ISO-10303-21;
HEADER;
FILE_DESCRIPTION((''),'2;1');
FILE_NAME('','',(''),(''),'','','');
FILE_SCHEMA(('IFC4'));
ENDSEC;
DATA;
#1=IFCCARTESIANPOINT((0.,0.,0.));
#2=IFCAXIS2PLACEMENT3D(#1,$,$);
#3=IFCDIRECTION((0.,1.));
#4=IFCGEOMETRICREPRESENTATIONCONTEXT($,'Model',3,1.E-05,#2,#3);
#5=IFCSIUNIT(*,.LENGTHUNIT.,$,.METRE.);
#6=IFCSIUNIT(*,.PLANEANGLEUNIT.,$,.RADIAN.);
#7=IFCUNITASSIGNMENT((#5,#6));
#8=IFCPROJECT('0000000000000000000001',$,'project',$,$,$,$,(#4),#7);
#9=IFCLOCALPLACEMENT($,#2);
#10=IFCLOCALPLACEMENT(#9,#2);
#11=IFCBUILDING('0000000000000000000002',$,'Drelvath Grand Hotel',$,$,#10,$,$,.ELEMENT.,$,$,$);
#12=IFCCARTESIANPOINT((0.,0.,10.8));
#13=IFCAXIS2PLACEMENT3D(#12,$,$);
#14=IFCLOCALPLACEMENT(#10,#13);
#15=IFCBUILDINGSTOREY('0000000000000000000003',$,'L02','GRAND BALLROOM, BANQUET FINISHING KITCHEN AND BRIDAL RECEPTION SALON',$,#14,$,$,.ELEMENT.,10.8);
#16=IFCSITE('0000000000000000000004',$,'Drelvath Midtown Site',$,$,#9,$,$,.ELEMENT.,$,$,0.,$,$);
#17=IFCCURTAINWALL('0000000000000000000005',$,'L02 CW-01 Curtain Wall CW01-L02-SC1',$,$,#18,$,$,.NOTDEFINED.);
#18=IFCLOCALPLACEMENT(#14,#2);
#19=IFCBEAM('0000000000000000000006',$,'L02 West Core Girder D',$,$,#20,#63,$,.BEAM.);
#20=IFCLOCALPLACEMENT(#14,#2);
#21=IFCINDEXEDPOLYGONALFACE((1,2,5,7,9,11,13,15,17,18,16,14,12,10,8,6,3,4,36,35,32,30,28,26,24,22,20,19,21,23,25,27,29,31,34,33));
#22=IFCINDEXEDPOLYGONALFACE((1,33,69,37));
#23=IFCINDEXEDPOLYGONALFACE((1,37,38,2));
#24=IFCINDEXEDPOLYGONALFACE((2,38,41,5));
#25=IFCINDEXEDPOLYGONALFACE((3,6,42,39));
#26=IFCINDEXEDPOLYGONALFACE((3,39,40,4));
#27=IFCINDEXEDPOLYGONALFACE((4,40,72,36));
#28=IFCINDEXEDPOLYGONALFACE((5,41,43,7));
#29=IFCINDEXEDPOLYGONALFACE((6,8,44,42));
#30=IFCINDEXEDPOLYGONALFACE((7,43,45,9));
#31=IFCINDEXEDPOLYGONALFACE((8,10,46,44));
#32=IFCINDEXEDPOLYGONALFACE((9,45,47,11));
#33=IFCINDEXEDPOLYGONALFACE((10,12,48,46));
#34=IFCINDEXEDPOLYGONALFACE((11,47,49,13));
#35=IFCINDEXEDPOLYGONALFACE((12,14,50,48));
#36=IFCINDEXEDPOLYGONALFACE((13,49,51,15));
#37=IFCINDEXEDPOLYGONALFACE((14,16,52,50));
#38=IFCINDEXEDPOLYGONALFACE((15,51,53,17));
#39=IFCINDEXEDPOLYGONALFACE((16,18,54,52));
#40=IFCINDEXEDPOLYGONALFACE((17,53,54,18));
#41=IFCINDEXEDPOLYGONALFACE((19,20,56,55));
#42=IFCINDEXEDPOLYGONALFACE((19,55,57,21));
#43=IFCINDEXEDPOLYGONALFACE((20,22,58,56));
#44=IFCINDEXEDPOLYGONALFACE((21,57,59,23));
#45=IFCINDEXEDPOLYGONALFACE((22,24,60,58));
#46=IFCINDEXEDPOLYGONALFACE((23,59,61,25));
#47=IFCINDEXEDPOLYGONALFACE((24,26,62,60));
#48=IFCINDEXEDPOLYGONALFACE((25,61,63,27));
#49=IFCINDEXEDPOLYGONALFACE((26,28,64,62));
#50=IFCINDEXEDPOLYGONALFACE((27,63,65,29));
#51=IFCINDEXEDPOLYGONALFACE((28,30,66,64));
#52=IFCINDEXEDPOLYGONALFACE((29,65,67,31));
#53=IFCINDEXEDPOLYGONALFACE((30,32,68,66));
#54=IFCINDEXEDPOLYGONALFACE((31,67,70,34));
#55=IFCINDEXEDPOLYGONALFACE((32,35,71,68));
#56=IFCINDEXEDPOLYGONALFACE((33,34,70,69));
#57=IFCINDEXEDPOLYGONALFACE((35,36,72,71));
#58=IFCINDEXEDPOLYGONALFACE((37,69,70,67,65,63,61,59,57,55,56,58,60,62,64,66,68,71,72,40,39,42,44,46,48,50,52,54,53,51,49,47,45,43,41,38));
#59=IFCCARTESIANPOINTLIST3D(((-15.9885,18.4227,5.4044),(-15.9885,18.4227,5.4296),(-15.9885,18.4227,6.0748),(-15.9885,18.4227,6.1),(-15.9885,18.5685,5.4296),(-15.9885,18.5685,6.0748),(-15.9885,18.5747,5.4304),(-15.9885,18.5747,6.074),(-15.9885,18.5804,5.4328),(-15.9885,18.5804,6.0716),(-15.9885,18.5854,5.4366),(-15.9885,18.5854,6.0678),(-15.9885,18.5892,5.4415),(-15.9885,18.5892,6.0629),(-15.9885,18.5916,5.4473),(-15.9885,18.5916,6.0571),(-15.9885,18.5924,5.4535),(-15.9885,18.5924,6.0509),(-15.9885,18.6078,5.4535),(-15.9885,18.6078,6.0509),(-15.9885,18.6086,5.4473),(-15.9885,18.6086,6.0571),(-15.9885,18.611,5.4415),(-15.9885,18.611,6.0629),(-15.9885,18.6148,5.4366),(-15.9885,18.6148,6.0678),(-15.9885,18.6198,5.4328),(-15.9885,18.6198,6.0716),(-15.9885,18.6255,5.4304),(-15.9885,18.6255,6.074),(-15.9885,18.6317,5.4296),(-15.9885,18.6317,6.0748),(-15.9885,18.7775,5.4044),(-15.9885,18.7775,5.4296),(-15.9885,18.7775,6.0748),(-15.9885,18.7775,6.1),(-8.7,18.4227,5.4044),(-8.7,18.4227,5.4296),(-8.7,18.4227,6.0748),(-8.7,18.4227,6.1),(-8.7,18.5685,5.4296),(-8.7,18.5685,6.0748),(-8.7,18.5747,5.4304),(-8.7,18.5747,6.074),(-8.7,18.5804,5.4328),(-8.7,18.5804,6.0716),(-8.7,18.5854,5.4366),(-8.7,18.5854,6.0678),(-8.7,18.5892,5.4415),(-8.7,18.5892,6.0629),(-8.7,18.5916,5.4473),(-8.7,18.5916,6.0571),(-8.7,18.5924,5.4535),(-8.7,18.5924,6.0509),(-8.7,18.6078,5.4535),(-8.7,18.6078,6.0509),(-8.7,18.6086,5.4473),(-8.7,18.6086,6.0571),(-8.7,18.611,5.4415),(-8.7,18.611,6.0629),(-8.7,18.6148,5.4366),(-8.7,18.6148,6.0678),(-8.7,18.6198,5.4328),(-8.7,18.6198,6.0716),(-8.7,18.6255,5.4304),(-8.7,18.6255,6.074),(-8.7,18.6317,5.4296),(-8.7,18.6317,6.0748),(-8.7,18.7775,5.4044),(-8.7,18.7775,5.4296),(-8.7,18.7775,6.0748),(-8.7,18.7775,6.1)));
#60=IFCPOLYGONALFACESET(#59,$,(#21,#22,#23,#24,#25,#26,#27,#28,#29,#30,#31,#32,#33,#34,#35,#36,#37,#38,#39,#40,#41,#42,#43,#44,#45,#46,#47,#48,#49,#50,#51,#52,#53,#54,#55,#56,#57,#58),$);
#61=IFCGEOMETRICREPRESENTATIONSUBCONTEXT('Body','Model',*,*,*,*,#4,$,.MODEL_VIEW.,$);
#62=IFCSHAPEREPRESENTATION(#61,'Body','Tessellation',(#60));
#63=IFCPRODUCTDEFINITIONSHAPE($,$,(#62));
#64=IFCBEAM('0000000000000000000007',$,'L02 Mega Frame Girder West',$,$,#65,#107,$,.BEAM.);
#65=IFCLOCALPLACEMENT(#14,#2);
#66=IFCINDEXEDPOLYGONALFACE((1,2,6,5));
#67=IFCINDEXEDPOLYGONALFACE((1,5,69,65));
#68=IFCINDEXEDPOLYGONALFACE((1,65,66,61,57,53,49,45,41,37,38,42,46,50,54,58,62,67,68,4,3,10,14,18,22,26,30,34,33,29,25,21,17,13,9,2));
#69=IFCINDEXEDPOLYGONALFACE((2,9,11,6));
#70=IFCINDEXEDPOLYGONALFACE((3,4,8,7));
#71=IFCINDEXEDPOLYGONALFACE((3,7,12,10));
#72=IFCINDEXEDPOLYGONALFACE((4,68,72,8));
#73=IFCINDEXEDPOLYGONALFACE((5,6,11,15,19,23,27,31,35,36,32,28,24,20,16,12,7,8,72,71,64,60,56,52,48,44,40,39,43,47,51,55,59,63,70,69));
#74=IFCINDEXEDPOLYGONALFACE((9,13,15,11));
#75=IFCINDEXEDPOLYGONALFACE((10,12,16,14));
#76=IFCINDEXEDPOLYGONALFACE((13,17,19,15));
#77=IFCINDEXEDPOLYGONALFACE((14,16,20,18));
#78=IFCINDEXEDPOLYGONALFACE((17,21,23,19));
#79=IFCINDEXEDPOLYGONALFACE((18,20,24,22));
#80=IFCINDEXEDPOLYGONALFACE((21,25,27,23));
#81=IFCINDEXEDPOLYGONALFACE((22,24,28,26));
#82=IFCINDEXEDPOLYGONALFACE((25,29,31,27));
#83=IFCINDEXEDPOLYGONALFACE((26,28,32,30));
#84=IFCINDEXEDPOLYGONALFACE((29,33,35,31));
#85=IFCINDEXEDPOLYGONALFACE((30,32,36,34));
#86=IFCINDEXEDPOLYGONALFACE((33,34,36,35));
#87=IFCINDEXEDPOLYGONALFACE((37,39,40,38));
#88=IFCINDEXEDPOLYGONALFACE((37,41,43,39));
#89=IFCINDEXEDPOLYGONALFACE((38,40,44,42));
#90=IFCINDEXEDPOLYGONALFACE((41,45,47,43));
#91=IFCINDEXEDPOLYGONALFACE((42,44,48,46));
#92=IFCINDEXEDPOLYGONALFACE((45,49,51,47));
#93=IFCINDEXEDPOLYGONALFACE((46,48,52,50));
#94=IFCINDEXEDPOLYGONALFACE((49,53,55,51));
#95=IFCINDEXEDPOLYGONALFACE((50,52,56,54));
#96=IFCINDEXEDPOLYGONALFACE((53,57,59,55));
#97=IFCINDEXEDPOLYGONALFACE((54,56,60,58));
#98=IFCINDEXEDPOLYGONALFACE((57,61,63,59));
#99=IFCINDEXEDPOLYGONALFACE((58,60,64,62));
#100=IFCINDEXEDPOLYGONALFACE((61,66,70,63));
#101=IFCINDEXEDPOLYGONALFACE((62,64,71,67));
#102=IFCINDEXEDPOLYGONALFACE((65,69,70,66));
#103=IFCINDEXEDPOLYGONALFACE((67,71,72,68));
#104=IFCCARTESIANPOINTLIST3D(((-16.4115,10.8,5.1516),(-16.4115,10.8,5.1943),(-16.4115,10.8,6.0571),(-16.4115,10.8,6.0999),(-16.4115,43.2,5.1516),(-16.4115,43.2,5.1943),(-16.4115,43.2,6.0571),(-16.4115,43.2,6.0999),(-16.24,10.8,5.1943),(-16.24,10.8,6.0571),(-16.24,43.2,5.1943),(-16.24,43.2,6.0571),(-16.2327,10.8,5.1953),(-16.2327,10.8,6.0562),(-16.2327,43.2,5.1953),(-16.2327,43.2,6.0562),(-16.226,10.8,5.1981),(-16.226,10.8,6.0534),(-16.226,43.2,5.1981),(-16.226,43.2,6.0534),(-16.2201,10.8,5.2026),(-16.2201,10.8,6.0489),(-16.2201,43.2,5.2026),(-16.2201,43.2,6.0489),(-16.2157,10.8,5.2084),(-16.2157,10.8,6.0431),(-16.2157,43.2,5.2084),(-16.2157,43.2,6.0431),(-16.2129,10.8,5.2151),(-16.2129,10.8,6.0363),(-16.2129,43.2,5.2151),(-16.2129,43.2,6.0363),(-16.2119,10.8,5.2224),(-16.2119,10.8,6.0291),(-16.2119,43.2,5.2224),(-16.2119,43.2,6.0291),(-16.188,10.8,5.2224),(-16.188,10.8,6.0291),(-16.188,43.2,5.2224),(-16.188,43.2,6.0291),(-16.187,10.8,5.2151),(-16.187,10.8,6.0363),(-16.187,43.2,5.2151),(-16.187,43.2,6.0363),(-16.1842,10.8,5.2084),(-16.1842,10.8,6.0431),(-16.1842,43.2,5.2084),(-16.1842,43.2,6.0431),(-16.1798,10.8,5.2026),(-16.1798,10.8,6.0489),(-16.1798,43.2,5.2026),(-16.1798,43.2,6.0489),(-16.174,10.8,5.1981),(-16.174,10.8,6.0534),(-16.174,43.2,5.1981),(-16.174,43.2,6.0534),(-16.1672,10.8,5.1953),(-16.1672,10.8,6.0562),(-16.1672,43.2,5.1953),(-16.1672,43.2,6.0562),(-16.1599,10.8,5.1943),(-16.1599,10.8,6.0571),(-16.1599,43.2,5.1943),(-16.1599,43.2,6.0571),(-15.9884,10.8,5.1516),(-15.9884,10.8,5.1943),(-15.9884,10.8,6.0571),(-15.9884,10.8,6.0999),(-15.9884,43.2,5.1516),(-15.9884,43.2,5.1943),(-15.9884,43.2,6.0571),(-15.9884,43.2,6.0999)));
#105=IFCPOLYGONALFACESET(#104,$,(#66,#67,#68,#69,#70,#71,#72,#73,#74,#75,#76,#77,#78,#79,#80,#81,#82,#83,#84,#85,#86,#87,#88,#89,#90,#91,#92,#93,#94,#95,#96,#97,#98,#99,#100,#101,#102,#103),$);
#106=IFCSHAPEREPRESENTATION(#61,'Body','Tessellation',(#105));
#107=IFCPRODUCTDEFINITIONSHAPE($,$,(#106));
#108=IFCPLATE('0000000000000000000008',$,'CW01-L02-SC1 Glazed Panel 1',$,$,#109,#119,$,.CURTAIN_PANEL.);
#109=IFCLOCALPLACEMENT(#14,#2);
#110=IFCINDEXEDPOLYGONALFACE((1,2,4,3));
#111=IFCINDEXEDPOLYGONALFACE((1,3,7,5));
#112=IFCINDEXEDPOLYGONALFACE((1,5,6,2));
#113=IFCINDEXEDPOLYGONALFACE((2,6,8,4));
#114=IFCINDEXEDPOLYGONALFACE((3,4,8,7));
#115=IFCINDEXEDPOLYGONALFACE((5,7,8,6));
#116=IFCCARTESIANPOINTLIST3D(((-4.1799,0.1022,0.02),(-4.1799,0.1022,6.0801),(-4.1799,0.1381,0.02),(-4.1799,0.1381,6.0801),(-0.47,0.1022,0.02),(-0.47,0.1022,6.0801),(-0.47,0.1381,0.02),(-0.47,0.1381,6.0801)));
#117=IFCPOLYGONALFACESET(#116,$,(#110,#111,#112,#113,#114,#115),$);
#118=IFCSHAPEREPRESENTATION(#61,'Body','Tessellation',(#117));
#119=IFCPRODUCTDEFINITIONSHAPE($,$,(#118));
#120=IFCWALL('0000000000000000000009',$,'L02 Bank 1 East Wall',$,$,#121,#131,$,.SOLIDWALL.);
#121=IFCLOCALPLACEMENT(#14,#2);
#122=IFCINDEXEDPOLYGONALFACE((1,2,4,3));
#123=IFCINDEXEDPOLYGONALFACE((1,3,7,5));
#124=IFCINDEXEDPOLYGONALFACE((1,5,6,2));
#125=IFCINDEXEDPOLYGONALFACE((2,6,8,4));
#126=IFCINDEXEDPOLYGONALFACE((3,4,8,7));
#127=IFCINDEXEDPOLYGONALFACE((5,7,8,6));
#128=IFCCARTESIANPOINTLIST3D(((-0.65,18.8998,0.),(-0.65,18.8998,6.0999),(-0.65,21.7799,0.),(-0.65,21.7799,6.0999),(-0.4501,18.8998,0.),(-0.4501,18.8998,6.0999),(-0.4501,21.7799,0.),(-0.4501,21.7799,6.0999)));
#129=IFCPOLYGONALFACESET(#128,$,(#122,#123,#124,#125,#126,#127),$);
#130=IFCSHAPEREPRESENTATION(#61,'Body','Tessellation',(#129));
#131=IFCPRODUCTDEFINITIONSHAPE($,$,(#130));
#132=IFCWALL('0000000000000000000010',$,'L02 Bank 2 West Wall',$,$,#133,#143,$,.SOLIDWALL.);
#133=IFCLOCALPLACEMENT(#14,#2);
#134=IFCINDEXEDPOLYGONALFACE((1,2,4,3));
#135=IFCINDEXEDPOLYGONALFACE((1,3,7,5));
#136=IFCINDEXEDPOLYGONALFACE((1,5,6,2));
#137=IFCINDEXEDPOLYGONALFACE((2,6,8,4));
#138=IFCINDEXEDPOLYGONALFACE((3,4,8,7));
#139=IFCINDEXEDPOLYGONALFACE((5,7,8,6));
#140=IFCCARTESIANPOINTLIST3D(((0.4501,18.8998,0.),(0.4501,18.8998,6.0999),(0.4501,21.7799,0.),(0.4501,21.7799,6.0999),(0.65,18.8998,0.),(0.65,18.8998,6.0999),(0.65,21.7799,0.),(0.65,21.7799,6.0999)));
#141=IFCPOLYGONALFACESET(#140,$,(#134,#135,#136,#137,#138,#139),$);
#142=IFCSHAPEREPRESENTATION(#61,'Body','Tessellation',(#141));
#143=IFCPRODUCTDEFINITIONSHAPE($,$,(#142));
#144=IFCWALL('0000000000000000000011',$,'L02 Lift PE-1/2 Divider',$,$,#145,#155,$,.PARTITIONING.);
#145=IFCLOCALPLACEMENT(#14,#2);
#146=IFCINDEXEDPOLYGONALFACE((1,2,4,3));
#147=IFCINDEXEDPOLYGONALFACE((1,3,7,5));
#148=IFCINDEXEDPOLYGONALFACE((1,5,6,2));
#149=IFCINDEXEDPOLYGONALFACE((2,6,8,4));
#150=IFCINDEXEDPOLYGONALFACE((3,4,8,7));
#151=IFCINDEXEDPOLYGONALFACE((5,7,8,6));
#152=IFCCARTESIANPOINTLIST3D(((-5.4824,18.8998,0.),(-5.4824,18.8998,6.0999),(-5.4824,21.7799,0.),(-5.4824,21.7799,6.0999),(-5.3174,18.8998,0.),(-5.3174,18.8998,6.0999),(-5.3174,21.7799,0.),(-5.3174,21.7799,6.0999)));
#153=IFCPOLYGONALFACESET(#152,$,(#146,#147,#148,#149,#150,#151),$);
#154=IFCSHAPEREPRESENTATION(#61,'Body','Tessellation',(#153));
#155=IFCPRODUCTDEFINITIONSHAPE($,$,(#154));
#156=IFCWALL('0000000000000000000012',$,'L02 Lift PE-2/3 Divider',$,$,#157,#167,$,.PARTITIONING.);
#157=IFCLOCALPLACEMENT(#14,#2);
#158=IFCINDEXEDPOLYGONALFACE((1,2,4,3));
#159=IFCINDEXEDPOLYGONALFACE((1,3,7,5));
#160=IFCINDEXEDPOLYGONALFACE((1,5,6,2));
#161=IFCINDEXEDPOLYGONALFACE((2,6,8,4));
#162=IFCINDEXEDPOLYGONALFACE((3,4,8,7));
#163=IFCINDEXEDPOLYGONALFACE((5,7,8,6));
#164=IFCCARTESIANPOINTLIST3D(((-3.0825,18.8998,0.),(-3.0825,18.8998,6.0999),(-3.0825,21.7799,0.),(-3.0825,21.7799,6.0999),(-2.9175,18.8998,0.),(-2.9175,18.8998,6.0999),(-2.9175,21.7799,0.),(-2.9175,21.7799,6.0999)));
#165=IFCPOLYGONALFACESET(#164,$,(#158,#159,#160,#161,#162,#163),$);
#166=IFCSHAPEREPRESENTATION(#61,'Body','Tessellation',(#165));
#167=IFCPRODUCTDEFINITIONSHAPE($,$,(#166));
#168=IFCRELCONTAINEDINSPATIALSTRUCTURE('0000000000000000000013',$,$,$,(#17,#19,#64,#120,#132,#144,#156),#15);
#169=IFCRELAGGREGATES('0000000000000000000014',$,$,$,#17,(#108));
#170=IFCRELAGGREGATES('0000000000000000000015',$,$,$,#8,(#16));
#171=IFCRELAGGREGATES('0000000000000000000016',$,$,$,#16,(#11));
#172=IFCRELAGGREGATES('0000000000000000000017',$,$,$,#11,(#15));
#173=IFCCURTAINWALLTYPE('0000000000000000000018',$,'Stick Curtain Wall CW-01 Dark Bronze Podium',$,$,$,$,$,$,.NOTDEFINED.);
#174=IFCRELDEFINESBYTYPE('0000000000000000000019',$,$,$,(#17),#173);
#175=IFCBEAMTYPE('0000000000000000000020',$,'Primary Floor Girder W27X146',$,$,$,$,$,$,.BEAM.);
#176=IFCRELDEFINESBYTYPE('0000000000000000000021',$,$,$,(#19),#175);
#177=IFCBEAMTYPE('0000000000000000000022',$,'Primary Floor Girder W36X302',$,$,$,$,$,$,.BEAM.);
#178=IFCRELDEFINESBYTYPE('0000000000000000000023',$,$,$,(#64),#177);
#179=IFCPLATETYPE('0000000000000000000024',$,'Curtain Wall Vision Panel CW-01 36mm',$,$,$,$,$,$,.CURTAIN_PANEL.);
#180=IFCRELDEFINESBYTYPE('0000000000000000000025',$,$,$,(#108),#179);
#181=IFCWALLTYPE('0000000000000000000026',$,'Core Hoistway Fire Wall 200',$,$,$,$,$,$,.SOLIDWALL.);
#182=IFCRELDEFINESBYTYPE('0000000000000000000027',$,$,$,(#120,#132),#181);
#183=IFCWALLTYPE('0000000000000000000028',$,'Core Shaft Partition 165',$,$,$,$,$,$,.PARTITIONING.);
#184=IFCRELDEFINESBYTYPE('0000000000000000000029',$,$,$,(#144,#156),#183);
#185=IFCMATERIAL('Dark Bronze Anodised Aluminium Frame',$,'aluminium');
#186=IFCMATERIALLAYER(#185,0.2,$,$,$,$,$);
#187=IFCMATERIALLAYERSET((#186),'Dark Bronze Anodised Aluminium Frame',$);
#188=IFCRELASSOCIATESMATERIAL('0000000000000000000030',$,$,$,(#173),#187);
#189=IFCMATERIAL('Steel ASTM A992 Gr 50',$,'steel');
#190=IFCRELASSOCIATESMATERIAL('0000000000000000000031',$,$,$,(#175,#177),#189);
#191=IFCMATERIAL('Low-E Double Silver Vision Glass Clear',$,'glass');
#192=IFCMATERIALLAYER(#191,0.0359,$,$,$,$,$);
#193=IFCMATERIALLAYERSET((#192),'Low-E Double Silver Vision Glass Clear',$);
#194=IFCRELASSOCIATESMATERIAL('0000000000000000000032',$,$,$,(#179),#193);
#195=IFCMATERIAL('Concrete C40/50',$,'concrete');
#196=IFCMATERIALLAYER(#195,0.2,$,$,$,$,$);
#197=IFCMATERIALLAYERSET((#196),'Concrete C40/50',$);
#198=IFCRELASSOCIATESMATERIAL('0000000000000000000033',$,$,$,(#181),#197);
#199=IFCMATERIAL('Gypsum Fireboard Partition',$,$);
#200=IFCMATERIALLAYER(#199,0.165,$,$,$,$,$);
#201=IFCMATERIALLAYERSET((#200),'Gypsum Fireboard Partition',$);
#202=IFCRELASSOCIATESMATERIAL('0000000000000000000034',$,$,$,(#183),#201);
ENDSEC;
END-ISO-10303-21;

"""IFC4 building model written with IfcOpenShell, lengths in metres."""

from ifc_helpers import new_model, si_unit, direction, frame, frame_2d, origin, origin_2d, place, context, subcontext, project, spatial, rectangle, i_section, extrude, material, layer, layer_set, material_profile, profile_set, type_object, element, aggregate, save


model = new_model("IFC4")

# Units and contexts
model_context = context("Model", 3, precision=1e-05, world=origin(), true_north=direction((0.0, 1.0)))
body_context = subcontext(model_context, "Body", "Model", "MODEL_VIEW")
ifc_project = project(units=[si_unit("LENGTHUNIT", "METRE"), si_unit("PLANEANGLEUNIT", "RADIAN")], contexts=[model_context])

# Site, building, storey
site_placement = place(None, origin())
site = spatial("IfcSite", under=ifc_project, at=site_placement, Name="Drelvath Midtown Site", CompositionType="ELEMENT", RefElevation=0.0)
building_placement = place(site_placement, origin())
building = spatial("IfcBuilding", under=site, at=building_placement, Name="Drelvath Grand Hotel", CompositionType="ELEMENT")
storey_placement = place(building_placement, frame((0.0, 0.0, 10.8)))
storey = spatial("IfcBuildingStorey", under=building, at=storey_placement, Name="L02", Description="GRAND BALLROOM, BANQUET FINISHING KITCHEN AND BRIDAL RECEPTION SALON", CompositionType="ELEMENT", Elevation=10.8)

# Curtain wall
ifc_material_1 = material(Name="Dark Bronze Anodised Aluminium Frame", Category="aluminium")
ifc_layer_1 = layer(ifc_material_1, 0.2)
ifc_layer_set_1 = layer_set([ifc_layer_1], Name="Dark Bronze Anodised Aluminium Frame")
curtain_wall_type = type_object("IfcCurtainWallType", Name="Stick Curtain Wall CW-01 Dark Bronze Podium", PredefinedType="NOTDEFINED", material=ifc_layer_set_1)
curtain_wall_placement = place(storey_placement, origin())
curtain_wall = element("IfcCurtainWall", 1, at=curtain_wall_placement, inside=storey, type_object=curtain_wall_type, Name="L02 CW-01 Curtain Wall CW01-L02-SC1", PredefinedType="NOTDEFINED")

# Beams
ifc_material_2 = material(Name="Steel ASTM A992 Gr 50", Category="steel")
ifc_material_profile_1 = material_profile(ifc_material_2, i_section(OverallWidth=0.3547, OverallDepth=0.6956, WebThickness=0.0154, FlangeThickness=0.0251, FilletRadius=0.0239, at=origin_2d()), Name="W27X146")
ifc_profile_set_1 = profile_set([ifc_material_profile_1], Name="Steel ASTM A992 Gr 50")
beam_type_1 = type_object("IfcBeamType", Name="Primary Floor Girder W27X146", PredefinedType="BEAM", material=ifc_profile_set_1)
beam_1_placement = place(storey_placement, frame((-15.9885, 18.6001, 5.7522), z_axis=(1.0, 0.0, 0.0), x_axis=(0.0, 1.0, 0.0)))
element("IfcBeam", 2, at=beam_1_placement, inside=storey, type_object=beam_type_1, Name="L02 West Core Girder D", PredefinedType="BEAM", context=body_context, shape_type="SweptSolid", body=[
    extrude(i_section(OverallWidth=0.3547, OverallDepth=0.6956, WebThickness=0.0154, FlangeThickness=0.0251, FilletRadius=0.0239, at=origin_2d()), origin(), (0.0, 0.0, 1.0), 7.2886),
])
ifc_material_profile_2 = material_profile(ifc_material_2, i_section(OverallWidth=0.4231, OverallDepth=0.9482, WebThickness=0.0239, FlangeThickness=0.0427, FilletRadius=0.0281, at=origin_2d()), Name="W36X302")
ifc_profile_set_2 = profile_set([ifc_material_profile_2], Name="Steel ASTM A992 Gr 50")
beam_type_2 = type_object("IfcBeamType", Name="Primary Floor Girder W36X302", PredefinedType="BEAM", material=ifc_profile_set_2)
beam_2_placement = place(storey_placement, frame((-16.2, 10.8, 5.6257), z_axis=(0.0, 1.0, 0.0), x_axis=(-1.0, 0.0, 0.0)))
element("IfcBeam", 3, at=beam_2_placement, inside=storey, type_object=beam_type_2, Name="L02 Mega Frame Girder West", PredefinedType="BEAM", context=body_context, shape_type="SweptSolid", body=[
    extrude(i_section(OverallWidth=0.4231, OverallDepth=0.9482, WebThickness=0.0239, FlangeThickness=0.0427, FilletRadius=0.0281, at=origin_2d()), origin(), (0.0, 0.0, 1.0), 32.3999),
])

# Plate
ifc_material_3 = material(Name="Low-E Double Silver Vision Glass Clear", Category="glass")
ifc_layer_2 = layer(ifc_material_3, 0.0359)
ifc_layer_set_2 = layer_set([ifc_layer_2], Name="Low-E Double Silver Vision Glass Clear")
plate_type = type_object("IfcPlateType", Name="Curtain Wall Vision Panel CW-01 36mm", PredefinedType="CURTAIN_PANEL", material=ifc_layer_set_2)
plate_placement = place(storey_placement, frame((-2.325, 0.1201, 0.02), z_axis=(0.0, 0.0, 1.0), x_axis=(-1.0, 0.0, 0.0)))
plate = element("IfcPlate", 4, at=plate_placement, type_object=plate_type, Name="CW01-L02-SC1 Glazed Panel 1", PredefinedType="CURTAIN_PANEL", context=body_context, shape_type="SweptSolid", body=[
    extrude(rectangle(XDim=3.71, YDim=0.0359, at=origin_2d()), origin(), (0.0, 0.0, 1.0), 6.0601),
])
aggregate(curtain_wall, [plate])

# Walls
ifc_material_4 = material(Name="Concrete C40/50", Category="concrete")
ifc_layer_3 = layer(ifc_material_4, 0.2)
ifc_layer_set_3 = layer_set([ifc_layer_3], Name="Concrete C40/50")
wall_type_1 = type_object("IfcWallType", Name="Core Hoistway Fire Wall 200", PredefinedType="SOLIDWALL", material=ifc_layer_set_3)
for number, where, z_axis, x_axis, name in (
    (5, (-0.55, 18.8999, 0.0), (0.0, 0.0, 1.0), (0.0, 1.0, 0.0), "L02 Bank 1 East Wall"),
    (6, (0.55, 18.8999, 0.0), (0.0, 0.0, 1.0), (0.0, 1.0, 0.0), "L02 Bank 2 West Wall"),
):
    element("IfcWall", number, at=place(storey_placement, frame(where, z_axis=z_axis, x_axis=x_axis)), inside=storey, type_object=wall_type_1, Name=name, PredefinedType="SOLIDWALL", context=body_context, shape_type="SweptSolid", body=[
        extrude(rectangle(XDim=2.8801, YDim=0.2, at=frame_2d((1.4399, 0.0))), origin(), (0.0, 0.0, 1.0), 6.0999),
    ])
ifc_material_5 = material(Name="Gypsum Fireboard Partition")
ifc_layer_4 = layer(ifc_material_5, 0.165)
ifc_layer_set_4 = layer_set([ifc_layer_4], Name="Gypsum Fireboard Partition")
wall_type_2 = type_object("IfcWallType", Name="Core Shaft Partition 165", PredefinedType="PARTITIONING", material=ifc_layer_set_4)
for number, where, z_axis, x_axis, name in (
    (7, (-5.3999, 18.8999, 0.0), (0.0, 0.0, 1.0), (0.0, 1.0, 0.0), "L02 Lift PE-1/2 Divider"),
    (8, (-3.0, 18.8999, 0.0), (0.0, 0.0, 1.0), (0.0, 1.0, 0.0), "L02 Lift PE-2/3 Divider"),
):
    element("IfcWall", number, at=place(storey_placement, frame(where, z_axis=z_axis, x_axis=x_axis)), inside=storey, type_object=wall_type_2, Name=name, PredefinedType="PARTITIONING", context=body_context, shape_type="SweptSolid", body=[
        extrude(rectangle(XDim=2.8801, YDim=0.165, at=frame_2d((1.4399, 0.0))), origin(), (0.0, 0.0, 1.0), 6.0999),
    ])

save(model, "model.ifc")
